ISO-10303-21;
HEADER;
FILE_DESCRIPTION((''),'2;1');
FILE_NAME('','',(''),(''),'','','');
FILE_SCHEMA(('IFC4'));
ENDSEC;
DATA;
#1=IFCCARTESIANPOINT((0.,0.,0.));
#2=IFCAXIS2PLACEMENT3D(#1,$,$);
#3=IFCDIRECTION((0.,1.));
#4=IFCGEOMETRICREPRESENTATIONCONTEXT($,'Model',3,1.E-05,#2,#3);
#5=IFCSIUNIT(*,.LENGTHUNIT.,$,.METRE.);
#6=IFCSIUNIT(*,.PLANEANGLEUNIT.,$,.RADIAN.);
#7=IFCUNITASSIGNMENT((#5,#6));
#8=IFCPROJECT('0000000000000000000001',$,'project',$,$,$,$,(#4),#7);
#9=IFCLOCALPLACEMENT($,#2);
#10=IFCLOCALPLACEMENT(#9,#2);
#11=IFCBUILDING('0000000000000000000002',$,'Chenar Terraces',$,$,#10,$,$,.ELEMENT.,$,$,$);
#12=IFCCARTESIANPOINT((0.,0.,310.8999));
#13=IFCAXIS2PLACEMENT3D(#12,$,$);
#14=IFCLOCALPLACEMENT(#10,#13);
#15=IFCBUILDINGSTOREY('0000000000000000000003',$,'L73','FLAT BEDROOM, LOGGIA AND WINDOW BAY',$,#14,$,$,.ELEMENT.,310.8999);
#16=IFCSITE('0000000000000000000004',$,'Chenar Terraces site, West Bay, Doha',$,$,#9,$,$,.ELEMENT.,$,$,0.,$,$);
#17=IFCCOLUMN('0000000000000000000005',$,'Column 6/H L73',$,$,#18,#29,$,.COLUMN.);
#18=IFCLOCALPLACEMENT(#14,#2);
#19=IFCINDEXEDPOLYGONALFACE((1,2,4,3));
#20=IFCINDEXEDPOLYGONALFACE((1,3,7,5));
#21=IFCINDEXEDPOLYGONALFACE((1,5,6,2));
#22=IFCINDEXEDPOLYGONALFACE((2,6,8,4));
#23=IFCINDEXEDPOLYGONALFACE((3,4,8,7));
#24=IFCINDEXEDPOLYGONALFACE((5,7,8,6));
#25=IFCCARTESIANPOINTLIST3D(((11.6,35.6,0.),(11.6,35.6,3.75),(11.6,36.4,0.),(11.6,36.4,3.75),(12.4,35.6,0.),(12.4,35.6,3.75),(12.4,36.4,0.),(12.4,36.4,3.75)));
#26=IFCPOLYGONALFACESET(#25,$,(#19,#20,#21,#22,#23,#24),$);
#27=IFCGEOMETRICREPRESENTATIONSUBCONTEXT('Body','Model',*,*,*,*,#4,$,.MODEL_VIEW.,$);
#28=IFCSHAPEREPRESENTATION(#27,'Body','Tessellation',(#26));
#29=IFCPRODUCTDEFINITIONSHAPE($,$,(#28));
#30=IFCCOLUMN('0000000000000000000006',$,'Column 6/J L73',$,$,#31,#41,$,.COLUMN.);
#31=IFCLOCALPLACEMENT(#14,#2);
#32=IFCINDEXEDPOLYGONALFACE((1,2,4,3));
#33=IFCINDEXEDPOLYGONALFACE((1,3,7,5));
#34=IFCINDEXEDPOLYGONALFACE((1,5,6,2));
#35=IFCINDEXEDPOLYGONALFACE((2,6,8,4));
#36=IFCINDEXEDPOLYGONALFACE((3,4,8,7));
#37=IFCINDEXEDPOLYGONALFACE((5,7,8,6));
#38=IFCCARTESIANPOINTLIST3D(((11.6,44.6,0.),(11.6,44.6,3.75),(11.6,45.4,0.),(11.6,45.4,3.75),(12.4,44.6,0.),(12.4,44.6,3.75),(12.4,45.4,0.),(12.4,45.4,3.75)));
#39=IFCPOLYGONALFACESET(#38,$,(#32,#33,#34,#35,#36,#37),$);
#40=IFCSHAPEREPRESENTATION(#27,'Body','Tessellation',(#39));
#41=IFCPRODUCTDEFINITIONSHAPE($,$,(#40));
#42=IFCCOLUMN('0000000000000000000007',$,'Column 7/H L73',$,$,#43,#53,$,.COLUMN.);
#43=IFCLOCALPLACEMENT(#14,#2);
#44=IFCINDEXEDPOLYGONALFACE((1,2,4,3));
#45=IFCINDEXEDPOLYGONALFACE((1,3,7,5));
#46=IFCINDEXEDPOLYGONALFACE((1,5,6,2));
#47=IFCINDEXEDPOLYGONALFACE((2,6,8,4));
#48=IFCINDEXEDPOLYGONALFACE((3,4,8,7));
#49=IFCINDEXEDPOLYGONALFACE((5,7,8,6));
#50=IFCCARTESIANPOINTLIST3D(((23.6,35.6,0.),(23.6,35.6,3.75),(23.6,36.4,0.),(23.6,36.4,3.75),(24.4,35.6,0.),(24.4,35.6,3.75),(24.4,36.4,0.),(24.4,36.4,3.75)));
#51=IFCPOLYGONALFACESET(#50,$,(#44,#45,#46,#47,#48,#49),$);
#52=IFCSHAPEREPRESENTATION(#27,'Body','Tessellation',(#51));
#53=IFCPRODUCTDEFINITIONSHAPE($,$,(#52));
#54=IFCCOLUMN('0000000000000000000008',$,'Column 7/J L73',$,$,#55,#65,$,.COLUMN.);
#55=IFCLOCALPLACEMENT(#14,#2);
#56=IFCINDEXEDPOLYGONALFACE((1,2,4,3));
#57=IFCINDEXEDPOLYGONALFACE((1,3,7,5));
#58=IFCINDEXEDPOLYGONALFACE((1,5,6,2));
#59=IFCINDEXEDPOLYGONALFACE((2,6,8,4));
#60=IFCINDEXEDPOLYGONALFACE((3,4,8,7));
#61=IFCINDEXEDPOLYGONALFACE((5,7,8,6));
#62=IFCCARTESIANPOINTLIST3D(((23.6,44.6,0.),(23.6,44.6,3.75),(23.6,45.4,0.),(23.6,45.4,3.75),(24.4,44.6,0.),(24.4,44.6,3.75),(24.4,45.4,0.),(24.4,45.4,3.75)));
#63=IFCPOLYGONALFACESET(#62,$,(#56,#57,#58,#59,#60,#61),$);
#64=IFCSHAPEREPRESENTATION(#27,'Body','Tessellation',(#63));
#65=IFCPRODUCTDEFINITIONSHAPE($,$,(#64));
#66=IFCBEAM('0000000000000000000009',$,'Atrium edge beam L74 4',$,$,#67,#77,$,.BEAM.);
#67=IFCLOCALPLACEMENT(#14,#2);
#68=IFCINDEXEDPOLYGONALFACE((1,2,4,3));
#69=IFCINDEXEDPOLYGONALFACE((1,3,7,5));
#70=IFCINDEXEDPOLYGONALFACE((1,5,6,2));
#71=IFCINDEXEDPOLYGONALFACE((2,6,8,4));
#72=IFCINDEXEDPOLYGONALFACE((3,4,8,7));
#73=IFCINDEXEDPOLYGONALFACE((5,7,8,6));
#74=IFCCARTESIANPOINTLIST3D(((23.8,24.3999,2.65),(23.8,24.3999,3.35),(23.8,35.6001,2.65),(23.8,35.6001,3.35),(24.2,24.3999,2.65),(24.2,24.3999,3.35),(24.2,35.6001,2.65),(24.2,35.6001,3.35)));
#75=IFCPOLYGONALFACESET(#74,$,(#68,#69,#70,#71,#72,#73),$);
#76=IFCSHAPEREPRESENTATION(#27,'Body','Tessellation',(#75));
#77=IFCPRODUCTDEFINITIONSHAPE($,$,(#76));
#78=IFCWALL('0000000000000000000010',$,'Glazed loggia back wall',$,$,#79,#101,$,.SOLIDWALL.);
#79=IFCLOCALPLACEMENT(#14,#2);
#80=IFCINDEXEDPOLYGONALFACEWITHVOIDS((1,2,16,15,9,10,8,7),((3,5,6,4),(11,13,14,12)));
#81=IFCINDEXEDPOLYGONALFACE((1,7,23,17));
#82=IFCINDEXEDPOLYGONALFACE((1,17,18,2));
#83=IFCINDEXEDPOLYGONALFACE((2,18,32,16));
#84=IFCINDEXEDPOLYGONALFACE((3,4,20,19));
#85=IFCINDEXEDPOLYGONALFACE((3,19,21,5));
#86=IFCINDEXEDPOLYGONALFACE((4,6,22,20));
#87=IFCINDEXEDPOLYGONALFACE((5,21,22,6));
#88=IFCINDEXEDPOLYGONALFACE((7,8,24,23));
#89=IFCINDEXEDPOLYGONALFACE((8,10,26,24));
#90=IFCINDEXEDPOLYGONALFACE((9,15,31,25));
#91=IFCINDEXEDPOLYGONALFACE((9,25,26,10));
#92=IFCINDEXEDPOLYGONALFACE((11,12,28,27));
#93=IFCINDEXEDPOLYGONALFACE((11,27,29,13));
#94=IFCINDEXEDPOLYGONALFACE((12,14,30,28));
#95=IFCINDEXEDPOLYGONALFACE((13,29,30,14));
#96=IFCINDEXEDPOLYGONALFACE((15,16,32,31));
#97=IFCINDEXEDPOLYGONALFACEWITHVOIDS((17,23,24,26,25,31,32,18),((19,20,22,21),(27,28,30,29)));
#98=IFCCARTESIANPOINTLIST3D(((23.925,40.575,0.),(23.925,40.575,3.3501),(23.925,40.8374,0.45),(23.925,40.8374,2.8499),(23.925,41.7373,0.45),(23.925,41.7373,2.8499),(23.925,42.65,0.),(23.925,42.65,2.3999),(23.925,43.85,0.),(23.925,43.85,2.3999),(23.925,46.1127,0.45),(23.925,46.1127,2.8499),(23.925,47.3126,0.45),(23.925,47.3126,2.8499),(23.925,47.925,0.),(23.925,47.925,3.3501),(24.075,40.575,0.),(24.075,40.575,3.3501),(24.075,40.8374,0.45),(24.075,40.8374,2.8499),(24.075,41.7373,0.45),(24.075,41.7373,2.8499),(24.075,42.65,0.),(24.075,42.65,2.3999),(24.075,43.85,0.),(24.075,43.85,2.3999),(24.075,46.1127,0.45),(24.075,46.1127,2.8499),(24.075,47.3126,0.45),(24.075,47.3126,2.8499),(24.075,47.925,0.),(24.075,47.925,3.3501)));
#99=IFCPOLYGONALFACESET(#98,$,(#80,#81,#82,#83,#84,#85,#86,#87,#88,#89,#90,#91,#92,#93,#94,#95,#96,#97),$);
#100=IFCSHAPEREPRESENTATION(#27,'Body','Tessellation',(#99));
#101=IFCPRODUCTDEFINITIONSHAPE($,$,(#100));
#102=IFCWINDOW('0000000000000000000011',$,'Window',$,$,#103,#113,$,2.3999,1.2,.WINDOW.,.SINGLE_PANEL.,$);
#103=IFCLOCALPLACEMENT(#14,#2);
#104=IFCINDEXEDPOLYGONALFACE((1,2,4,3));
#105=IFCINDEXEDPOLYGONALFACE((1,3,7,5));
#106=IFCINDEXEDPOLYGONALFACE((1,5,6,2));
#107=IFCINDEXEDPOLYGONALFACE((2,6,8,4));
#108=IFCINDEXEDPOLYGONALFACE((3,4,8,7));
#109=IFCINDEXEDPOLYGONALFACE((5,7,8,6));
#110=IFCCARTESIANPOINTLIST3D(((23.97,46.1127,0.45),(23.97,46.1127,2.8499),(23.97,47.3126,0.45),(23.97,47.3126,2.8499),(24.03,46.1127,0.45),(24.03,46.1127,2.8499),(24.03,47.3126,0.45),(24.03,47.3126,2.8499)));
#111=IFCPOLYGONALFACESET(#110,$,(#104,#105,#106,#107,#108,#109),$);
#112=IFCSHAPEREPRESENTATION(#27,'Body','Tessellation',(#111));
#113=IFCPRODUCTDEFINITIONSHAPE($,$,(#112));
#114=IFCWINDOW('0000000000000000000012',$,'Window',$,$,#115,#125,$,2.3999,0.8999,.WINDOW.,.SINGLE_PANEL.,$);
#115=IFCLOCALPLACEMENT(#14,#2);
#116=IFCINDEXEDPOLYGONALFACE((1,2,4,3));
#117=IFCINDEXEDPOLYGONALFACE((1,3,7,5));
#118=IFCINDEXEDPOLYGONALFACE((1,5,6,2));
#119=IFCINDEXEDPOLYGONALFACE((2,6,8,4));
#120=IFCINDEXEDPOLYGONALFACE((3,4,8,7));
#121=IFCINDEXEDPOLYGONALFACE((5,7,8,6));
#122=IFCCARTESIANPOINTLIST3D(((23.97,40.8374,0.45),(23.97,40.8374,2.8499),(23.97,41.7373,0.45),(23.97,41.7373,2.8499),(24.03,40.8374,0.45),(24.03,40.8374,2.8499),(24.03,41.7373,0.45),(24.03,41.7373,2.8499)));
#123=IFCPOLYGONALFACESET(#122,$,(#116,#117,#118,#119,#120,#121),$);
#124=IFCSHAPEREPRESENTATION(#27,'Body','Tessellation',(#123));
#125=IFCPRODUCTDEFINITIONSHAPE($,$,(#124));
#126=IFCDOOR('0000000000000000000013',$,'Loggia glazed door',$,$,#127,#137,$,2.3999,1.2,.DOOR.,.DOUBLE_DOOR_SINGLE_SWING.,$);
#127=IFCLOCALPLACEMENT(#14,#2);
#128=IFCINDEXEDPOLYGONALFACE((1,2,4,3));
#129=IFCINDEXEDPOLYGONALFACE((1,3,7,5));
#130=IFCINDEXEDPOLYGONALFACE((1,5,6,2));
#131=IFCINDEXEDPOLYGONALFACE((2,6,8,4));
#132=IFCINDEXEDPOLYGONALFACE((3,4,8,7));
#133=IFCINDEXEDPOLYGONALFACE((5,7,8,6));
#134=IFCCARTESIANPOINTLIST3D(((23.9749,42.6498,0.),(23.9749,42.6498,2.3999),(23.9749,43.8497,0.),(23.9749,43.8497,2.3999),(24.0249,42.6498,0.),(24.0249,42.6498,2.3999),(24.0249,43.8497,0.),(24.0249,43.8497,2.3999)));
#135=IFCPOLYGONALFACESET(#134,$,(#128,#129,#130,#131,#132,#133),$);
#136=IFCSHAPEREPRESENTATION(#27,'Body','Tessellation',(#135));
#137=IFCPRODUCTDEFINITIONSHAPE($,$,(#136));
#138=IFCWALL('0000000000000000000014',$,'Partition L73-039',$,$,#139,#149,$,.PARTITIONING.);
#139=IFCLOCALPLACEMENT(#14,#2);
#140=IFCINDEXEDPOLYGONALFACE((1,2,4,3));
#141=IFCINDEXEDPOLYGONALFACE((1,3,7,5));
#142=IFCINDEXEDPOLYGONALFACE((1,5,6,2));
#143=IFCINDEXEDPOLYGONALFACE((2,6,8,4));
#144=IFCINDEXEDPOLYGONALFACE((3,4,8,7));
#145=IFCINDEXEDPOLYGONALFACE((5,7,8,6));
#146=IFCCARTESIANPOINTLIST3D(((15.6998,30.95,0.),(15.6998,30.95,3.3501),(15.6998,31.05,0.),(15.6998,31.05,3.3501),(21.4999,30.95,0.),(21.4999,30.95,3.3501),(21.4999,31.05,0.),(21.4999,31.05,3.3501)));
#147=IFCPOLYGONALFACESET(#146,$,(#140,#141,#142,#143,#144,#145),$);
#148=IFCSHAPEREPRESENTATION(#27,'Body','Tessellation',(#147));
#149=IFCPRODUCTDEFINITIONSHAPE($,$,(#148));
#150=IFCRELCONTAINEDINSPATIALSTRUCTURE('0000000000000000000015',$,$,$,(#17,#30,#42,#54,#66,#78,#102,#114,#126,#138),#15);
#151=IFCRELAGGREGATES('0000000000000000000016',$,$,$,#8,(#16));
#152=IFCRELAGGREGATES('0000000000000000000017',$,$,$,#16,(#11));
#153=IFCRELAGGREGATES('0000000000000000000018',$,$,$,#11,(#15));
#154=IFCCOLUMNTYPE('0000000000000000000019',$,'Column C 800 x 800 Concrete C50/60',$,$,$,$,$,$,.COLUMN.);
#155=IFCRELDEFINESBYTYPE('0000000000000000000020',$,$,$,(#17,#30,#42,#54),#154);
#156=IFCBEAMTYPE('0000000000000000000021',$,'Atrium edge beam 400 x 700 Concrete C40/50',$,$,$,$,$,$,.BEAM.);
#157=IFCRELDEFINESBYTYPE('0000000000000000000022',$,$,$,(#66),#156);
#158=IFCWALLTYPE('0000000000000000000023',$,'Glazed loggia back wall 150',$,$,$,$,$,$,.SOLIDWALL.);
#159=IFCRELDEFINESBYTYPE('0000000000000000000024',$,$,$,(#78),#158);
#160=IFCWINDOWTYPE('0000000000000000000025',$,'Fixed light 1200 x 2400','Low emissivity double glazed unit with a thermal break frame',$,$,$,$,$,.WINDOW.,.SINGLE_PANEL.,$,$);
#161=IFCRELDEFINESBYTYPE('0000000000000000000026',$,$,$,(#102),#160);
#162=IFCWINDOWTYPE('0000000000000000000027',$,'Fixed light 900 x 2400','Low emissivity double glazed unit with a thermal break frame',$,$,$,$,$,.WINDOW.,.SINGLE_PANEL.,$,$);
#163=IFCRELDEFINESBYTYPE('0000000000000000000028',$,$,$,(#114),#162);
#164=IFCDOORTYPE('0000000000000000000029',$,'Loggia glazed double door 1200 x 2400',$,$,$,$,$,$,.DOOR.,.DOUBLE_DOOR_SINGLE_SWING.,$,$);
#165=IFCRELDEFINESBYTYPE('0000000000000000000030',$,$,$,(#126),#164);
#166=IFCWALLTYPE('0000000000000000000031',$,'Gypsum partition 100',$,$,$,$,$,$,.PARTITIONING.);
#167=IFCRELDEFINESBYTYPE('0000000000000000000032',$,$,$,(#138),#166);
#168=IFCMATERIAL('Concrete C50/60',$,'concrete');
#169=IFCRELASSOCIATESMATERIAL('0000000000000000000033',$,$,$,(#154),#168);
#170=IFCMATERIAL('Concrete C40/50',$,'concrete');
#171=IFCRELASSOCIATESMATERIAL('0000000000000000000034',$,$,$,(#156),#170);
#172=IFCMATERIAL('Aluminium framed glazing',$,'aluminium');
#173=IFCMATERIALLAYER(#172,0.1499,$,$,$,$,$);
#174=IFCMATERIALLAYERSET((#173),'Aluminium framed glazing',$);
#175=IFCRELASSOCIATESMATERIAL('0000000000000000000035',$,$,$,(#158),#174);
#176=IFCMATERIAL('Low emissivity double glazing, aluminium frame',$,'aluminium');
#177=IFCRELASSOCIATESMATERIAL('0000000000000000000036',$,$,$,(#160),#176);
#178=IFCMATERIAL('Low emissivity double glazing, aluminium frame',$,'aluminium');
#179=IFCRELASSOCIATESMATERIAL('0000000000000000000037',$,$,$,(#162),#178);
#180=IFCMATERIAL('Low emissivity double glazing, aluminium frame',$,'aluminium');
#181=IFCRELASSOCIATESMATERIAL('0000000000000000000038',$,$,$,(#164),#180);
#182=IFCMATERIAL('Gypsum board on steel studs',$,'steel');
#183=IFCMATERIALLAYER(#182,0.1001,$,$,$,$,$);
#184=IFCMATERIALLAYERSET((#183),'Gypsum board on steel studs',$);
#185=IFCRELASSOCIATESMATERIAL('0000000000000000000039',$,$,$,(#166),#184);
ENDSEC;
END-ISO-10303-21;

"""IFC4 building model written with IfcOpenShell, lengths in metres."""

from ifc_helpers import new_model, si_unit, direction, frame, frame_2d, origin, origin_2d, place, context, subcontext, project, spatial, rectangle, extrude, material, layer, layer_set, material_profile, profile_set, type_object, element, fill, save


model = new_model("IFC4")

# Units and contexts
model_context = context("Model", 3, precision=1e-05, world=origin(), true_north=direction((0.0, 1.0)))
body_context = subcontext(model_context, "Body", "Model", "MODEL_VIEW")
ifc_project = project(units=[si_unit("LENGTHUNIT", "METRE"), si_unit("PLANEANGLEUNIT", "RADIAN")], contexts=[model_context])

# Site, building, storey
site_placement = place(None, origin())
site = spatial("IfcSite", under=ifc_project, at=site_placement, Name="Chenar Terraces site, West Bay, Doha", CompositionType="ELEMENT", RefElevation=0.0)
building_placement = place(site_placement, origin())
building = spatial("IfcBuilding", under=site, at=building_placement, Name="Chenar Terraces", CompositionType="ELEMENT")
storey_placement = place(building_placement, frame((0.0, 0.0, 310.8999)))
storey = spatial("IfcBuildingStorey", under=building, at=storey_placement, Name="L73", Description="FLAT BEDROOM, LOGGIA AND WINDOW BAY", CompositionType="ELEMENT", Elevation=310.8999)

# Columns
ifc_material_1 = material(Name="Concrete C50/60", Category="concrete")
ifc_material_profile_1 = material_profile(ifc_material_1, rectangle(XDim=0.8, YDim=0.8, at=origin_2d()), Name="C 800 x 800")
ifc_profile_set_1 = profile_set([ifc_material_profile_1], Name="Concrete C50/60")
column_type = type_object("IfcColumnType", Name="Column C 800 x 800 Concrete C50/60", PredefinedType="COLUMN", material=ifc_profile_set_1)
for number, where, z_axis, x_axis, name in (
    (1, (12.0, 36.0, 0.0), (0.0, 0.0, 1.0), (1.0, 0.0, 0.0), "Column 6/H L73"),
    (2, (12.0, 45.0, 0.0), (0.0, 0.0, 1.0), (1.0, 0.0, 0.0), "Column 6/J L73"),
    (3, (24.0, 36.0, 0.0), (0.0, 0.0, 1.0), (1.0, 0.0, 0.0), "Column 7/H L73"),
    (4, (24.0, 45.0, 0.0), (0.0, 0.0, 1.0), (1.0, 0.0, 0.0), "Column 7/J L73"),
):
    element("IfcColumn", number, at=place(storey_placement, frame(where, z_axis=z_axis, x_axis=x_axis)), inside=storey, type_object=column_type, Name=name, PredefinedType="COLUMN", context=body_context, shape_type="SweptSolid", body=[
        extrude(rectangle(XDim=0.8, YDim=0.8, at=origin_2d()), origin(), (0.0, 0.0, 1.0), 3.75),
    ])

# Beam
ifc_material_2 = material(Name="Concrete C40/50", Category="concrete")
ifc_material_profile_2 = material_profile(ifc_material_2, rectangle(XDim=0.3999, YDim=0.7, at=origin_2d()), Name="RC 400 x 700")
ifc_profile_set_2 = profile_set([ifc_material_profile_2], Name="Concrete C40/50")
beam_type = type_object("IfcBeamType", Name="Atrium edge beam 400 x 700 Concrete C40/50", PredefinedType="BEAM", material=ifc_profile_set_2)
beam_placement = place(storey_placement, frame((24.0, 35.6001, 3.0), z_axis=(0.0, -1.0, 0.0), x_axis=(1.0, 0.0, 0.0)))
element("IfcBeam", 5, at=beam_placement, inside=storey, type_object=beam_type, Name="Atrium edge beam L74 4", PredefinedType="BEAM", context=body_context, shape_type="SweptSolid", body=[
    extrude(rectangle(XDim=0.3999, YDim=0.7, at=origin_2d()), origin(), (0.0, 0.0, 1.0), 11.2002),
])

# Wall, openings, windows, door
ifc_material_3 = material(Name="Aluminium framed glazing", Category="aluminium")
ifc_layer_1 = layer(ifc_material_3, 0.1499)
ifc_layer_set_1 = layer_set([ifc_layer_1], Name="Aluminium framed glazing")
wall_type_1 = type_object("IfcWallType", Name="Glazed loggia back wall 150", PredefinedType="SOLIDWALL", material=ifc_layer_set_1)
wall_1_placement = place(storey_placement, frame((24.0, 40.575, 0.0), z_axis=(0.0, 0.0, 1.0), x_axis=(0.0, 1.0, 0.0)))
wall_1 = element("IfcWall", 6, at=wall_1_placement, inside=storey, type_object=wall_type_1, Name="Glazed loggia back wall", PredefinedType="SOLIDWALL", context=body_context, shape_type="SweptSolid", body=[
    extrude(rectangle(XDim=7.3501, YDim=0.1499, at=frame_2d((3.675, 0.0))), origin(), (0.0, 0.0, 1.0), 3.3501),
])
opening_1_placement = place(wall_1_placement, frame((0.2625, 0.0, 0.45)))
opening_1 = element("IfcOpeningElement", 7, at=opening_1_placement, cuts=wall_1, PredefinedType="OPENING", context=body_context, shape_type="SweptSolid", body=[
    extrude(rectangle(XDim=0.8999, YDim=2.3999, at=frame_2d((0.45, 1.2))), frame((0.0, 0.085, 0.0), z_axis=(0.0, -1.0, 0.0), x_axis=(1.0, 0.0, 0.0)), (0.0, 0.0, 1.0), 0.1699),
])
opening_2_placement = place(wall_1_placement, frame((2.075, 0.0, 0.0)))
opening_2 = element("IfcOpeningElement", 8, at=opening_2_placement, cuts=wall_1, PredefinedType="OPENING", context=body_context, shape_type="SweptSolid", body=[
    extrude(rectangle(XDim=1.2, YDim=2.3999, at=frame_2d((0.6001, 1.2))), frame((0.0, 0.085, 0.0), z_axis=(0.0, -1.0, 0.0), x_axis=(1.0, 0.0, 0.0)), (0.0, 0.0, 1.0), 0.1699),
])
opening_3_placement = place(wall_1_placement, frame((5.5376, 0.0, 0.45)))
opening_3 = element("IfcOpeningElement", 9, at=opening_3_placement, cuts=wall_1, PredefinedType="OPENING", context=body_context, shape_type="SweptSolid", body=[
    extrude(rectangle(XDim=1.2, YDim=2.3999, at=frame_2d((0.6001, 1.2))), frame((0.0, 0.085, 0.0), z_axis=(0.0, -1.0, 0.0), x_axis=(1.0, 0.0, 0.0)), (0.0, 0.0, 1.0), 0.1699),
])
ifc_material_4 = material(Name="Low emissivity double glazing, aluminium frame", Category="aluminium")
window_type_1 = type_object("IfcWindowType", Name="Fixed light 1200 x 2400", Description="Low emissivity double glazed unit with a thermal break frame", PartitioningType="SINGLE_PANEL", PredefinedType="WINDOW", material=ifc_material_4)
window_1_placement = place(opening_3_placement, origin())
window_1 = element("IfcWindow", 10, at=window_1_placement, inside=storey, type_object=window_type_1, Name="Window", OverallHeight=2.3999, OverallWidth=1.2, PartitioningType="SINGLE_PANEL", PredefinedType="WINDOW", context=body_context, shape_type="SweptSolid", body=[
    extrude(rectangle(XDim=1.2, YDim=2.3999, at=frame_2d((0.6001, 1.2))), frame((0.0, 0.03, 0.0), z_axis=(0.0, -1.0, 0.0), x_axis=(1.0, 0.0, 0.0)), (0.0, 0.0, 1.0), 0.0601),
])
fill(opening_3, window_1)
ifc_material_5 = material(Name="Low emissivity double glazing, aluminium frame", Category="aluminium")
window_type_2 = type_object("IfcWindowType", Name="Fixed light 900 x 2400", Description="Low emissivity double glazed unit with a thermal break frame", PartitioningType="SINGLE_PANEL", PredefinedType="WINDOW", material=ifc_material_5)
window_2_placement = place(opening_1_placement, origin())
window_2 = element("IfcWindow", 11, at=window_2_placement, inside=storey, type_object=window_type_2, Name="Window", OverallHeight=2.3999, OverallWidth=0.8999, PartitioningType="SINGLE_PANEL", PredefinedType="WINDOW", context=body_context, shape_type="SweptSolid", body=[
    extrude(rectangle(XDim=0.8999, YDim=2.3999, at=frame_2d((0.45, 1.2))), frame((0.0, 0.03, 0.0), z_axis=(0.0, -1.0, 0.0), x_axis=(1.0, 0.0, 0.0)), (0.0, 0.0, 1.0), 0.0601),
])
fill(opening_1, window_2)
ifc_material_6 = material(Name="Low emissivity double glazing, aluminium frame", Category="aluminium")
door_type_1 = type_object("IfcDoorType", Name="Loggia glazed double door 1200 x 2400", OperationType="DOUBLE_DOOR_SINGLE_SWING", PredefinedType="DOOR", material=ifc_material_6)
door_1_placement = place(opening_2_placement, frame((1.2, 0.0, 0.0), z_axis=(0.0, 0.0, 1.0), x_axis=(-1.0, 0.0, 0.0)))
door_1 = element("IfcDoor", 12, at=door_1_placement, inside=storey, type_object=door_type_1, Name="Loggia glazed door", OperationType="DOUBLE_DOOR_SINGLE_SWING", OverallHeight=2.3999, OverallWidth=1.2, PredefinedType="DOOR", context=body_context, shape_type="SweptSolid", body=[
    extrude(rectangle(XDim=1.2, YDim=2.3999, at=frame_2d((0.6001, 1.2))), frame((0.0, 0.0249, 0.0), z_axis=(0.0, -1.0, 0.0), x_axis=(1.0, 0.0, 0.0)), (0.0, 0.0, 1.0), 0.05),
])
fill(opening_2, door_1)

# Wall
ifc_material_7 = material(Name="Gypsum board on steel studs", Category="steel")
ifc_layer_2 = layer(ifc_material_7, 0.1001)
ifc_layer_set_2 = layer_set([ifc_layer_2], Name="Gypsum board on steel studs")
wall_type_2 = type_object("IfcWallType", Name="Gypsum partition 100", PredefinedType="PARTITIONING", material=ifc_layer_set_2)
wall_2_placement = place(storey_placement, frame((15.7, 31.0, 0.0), z_axis=(0.0, 0.0, 1.0), x_axis=(1.0, 0.0, 0.0)))
element("IfcWall", 13, at=wall_2_placement, inside=storey, type_object=wall_type_2, Name="Partition L73-039", PredefinedType="PARTITIONING", context=body_context, shape_type="SweptSolid", body=[
    extrude(rectangle(XDim=5.8, YDim=0.1001, at=frame_2d((2.8999, 0.0))), origin(), (0.0, 0.0, 1.0), 3.3501),
])

save(model, "model.ifc")
